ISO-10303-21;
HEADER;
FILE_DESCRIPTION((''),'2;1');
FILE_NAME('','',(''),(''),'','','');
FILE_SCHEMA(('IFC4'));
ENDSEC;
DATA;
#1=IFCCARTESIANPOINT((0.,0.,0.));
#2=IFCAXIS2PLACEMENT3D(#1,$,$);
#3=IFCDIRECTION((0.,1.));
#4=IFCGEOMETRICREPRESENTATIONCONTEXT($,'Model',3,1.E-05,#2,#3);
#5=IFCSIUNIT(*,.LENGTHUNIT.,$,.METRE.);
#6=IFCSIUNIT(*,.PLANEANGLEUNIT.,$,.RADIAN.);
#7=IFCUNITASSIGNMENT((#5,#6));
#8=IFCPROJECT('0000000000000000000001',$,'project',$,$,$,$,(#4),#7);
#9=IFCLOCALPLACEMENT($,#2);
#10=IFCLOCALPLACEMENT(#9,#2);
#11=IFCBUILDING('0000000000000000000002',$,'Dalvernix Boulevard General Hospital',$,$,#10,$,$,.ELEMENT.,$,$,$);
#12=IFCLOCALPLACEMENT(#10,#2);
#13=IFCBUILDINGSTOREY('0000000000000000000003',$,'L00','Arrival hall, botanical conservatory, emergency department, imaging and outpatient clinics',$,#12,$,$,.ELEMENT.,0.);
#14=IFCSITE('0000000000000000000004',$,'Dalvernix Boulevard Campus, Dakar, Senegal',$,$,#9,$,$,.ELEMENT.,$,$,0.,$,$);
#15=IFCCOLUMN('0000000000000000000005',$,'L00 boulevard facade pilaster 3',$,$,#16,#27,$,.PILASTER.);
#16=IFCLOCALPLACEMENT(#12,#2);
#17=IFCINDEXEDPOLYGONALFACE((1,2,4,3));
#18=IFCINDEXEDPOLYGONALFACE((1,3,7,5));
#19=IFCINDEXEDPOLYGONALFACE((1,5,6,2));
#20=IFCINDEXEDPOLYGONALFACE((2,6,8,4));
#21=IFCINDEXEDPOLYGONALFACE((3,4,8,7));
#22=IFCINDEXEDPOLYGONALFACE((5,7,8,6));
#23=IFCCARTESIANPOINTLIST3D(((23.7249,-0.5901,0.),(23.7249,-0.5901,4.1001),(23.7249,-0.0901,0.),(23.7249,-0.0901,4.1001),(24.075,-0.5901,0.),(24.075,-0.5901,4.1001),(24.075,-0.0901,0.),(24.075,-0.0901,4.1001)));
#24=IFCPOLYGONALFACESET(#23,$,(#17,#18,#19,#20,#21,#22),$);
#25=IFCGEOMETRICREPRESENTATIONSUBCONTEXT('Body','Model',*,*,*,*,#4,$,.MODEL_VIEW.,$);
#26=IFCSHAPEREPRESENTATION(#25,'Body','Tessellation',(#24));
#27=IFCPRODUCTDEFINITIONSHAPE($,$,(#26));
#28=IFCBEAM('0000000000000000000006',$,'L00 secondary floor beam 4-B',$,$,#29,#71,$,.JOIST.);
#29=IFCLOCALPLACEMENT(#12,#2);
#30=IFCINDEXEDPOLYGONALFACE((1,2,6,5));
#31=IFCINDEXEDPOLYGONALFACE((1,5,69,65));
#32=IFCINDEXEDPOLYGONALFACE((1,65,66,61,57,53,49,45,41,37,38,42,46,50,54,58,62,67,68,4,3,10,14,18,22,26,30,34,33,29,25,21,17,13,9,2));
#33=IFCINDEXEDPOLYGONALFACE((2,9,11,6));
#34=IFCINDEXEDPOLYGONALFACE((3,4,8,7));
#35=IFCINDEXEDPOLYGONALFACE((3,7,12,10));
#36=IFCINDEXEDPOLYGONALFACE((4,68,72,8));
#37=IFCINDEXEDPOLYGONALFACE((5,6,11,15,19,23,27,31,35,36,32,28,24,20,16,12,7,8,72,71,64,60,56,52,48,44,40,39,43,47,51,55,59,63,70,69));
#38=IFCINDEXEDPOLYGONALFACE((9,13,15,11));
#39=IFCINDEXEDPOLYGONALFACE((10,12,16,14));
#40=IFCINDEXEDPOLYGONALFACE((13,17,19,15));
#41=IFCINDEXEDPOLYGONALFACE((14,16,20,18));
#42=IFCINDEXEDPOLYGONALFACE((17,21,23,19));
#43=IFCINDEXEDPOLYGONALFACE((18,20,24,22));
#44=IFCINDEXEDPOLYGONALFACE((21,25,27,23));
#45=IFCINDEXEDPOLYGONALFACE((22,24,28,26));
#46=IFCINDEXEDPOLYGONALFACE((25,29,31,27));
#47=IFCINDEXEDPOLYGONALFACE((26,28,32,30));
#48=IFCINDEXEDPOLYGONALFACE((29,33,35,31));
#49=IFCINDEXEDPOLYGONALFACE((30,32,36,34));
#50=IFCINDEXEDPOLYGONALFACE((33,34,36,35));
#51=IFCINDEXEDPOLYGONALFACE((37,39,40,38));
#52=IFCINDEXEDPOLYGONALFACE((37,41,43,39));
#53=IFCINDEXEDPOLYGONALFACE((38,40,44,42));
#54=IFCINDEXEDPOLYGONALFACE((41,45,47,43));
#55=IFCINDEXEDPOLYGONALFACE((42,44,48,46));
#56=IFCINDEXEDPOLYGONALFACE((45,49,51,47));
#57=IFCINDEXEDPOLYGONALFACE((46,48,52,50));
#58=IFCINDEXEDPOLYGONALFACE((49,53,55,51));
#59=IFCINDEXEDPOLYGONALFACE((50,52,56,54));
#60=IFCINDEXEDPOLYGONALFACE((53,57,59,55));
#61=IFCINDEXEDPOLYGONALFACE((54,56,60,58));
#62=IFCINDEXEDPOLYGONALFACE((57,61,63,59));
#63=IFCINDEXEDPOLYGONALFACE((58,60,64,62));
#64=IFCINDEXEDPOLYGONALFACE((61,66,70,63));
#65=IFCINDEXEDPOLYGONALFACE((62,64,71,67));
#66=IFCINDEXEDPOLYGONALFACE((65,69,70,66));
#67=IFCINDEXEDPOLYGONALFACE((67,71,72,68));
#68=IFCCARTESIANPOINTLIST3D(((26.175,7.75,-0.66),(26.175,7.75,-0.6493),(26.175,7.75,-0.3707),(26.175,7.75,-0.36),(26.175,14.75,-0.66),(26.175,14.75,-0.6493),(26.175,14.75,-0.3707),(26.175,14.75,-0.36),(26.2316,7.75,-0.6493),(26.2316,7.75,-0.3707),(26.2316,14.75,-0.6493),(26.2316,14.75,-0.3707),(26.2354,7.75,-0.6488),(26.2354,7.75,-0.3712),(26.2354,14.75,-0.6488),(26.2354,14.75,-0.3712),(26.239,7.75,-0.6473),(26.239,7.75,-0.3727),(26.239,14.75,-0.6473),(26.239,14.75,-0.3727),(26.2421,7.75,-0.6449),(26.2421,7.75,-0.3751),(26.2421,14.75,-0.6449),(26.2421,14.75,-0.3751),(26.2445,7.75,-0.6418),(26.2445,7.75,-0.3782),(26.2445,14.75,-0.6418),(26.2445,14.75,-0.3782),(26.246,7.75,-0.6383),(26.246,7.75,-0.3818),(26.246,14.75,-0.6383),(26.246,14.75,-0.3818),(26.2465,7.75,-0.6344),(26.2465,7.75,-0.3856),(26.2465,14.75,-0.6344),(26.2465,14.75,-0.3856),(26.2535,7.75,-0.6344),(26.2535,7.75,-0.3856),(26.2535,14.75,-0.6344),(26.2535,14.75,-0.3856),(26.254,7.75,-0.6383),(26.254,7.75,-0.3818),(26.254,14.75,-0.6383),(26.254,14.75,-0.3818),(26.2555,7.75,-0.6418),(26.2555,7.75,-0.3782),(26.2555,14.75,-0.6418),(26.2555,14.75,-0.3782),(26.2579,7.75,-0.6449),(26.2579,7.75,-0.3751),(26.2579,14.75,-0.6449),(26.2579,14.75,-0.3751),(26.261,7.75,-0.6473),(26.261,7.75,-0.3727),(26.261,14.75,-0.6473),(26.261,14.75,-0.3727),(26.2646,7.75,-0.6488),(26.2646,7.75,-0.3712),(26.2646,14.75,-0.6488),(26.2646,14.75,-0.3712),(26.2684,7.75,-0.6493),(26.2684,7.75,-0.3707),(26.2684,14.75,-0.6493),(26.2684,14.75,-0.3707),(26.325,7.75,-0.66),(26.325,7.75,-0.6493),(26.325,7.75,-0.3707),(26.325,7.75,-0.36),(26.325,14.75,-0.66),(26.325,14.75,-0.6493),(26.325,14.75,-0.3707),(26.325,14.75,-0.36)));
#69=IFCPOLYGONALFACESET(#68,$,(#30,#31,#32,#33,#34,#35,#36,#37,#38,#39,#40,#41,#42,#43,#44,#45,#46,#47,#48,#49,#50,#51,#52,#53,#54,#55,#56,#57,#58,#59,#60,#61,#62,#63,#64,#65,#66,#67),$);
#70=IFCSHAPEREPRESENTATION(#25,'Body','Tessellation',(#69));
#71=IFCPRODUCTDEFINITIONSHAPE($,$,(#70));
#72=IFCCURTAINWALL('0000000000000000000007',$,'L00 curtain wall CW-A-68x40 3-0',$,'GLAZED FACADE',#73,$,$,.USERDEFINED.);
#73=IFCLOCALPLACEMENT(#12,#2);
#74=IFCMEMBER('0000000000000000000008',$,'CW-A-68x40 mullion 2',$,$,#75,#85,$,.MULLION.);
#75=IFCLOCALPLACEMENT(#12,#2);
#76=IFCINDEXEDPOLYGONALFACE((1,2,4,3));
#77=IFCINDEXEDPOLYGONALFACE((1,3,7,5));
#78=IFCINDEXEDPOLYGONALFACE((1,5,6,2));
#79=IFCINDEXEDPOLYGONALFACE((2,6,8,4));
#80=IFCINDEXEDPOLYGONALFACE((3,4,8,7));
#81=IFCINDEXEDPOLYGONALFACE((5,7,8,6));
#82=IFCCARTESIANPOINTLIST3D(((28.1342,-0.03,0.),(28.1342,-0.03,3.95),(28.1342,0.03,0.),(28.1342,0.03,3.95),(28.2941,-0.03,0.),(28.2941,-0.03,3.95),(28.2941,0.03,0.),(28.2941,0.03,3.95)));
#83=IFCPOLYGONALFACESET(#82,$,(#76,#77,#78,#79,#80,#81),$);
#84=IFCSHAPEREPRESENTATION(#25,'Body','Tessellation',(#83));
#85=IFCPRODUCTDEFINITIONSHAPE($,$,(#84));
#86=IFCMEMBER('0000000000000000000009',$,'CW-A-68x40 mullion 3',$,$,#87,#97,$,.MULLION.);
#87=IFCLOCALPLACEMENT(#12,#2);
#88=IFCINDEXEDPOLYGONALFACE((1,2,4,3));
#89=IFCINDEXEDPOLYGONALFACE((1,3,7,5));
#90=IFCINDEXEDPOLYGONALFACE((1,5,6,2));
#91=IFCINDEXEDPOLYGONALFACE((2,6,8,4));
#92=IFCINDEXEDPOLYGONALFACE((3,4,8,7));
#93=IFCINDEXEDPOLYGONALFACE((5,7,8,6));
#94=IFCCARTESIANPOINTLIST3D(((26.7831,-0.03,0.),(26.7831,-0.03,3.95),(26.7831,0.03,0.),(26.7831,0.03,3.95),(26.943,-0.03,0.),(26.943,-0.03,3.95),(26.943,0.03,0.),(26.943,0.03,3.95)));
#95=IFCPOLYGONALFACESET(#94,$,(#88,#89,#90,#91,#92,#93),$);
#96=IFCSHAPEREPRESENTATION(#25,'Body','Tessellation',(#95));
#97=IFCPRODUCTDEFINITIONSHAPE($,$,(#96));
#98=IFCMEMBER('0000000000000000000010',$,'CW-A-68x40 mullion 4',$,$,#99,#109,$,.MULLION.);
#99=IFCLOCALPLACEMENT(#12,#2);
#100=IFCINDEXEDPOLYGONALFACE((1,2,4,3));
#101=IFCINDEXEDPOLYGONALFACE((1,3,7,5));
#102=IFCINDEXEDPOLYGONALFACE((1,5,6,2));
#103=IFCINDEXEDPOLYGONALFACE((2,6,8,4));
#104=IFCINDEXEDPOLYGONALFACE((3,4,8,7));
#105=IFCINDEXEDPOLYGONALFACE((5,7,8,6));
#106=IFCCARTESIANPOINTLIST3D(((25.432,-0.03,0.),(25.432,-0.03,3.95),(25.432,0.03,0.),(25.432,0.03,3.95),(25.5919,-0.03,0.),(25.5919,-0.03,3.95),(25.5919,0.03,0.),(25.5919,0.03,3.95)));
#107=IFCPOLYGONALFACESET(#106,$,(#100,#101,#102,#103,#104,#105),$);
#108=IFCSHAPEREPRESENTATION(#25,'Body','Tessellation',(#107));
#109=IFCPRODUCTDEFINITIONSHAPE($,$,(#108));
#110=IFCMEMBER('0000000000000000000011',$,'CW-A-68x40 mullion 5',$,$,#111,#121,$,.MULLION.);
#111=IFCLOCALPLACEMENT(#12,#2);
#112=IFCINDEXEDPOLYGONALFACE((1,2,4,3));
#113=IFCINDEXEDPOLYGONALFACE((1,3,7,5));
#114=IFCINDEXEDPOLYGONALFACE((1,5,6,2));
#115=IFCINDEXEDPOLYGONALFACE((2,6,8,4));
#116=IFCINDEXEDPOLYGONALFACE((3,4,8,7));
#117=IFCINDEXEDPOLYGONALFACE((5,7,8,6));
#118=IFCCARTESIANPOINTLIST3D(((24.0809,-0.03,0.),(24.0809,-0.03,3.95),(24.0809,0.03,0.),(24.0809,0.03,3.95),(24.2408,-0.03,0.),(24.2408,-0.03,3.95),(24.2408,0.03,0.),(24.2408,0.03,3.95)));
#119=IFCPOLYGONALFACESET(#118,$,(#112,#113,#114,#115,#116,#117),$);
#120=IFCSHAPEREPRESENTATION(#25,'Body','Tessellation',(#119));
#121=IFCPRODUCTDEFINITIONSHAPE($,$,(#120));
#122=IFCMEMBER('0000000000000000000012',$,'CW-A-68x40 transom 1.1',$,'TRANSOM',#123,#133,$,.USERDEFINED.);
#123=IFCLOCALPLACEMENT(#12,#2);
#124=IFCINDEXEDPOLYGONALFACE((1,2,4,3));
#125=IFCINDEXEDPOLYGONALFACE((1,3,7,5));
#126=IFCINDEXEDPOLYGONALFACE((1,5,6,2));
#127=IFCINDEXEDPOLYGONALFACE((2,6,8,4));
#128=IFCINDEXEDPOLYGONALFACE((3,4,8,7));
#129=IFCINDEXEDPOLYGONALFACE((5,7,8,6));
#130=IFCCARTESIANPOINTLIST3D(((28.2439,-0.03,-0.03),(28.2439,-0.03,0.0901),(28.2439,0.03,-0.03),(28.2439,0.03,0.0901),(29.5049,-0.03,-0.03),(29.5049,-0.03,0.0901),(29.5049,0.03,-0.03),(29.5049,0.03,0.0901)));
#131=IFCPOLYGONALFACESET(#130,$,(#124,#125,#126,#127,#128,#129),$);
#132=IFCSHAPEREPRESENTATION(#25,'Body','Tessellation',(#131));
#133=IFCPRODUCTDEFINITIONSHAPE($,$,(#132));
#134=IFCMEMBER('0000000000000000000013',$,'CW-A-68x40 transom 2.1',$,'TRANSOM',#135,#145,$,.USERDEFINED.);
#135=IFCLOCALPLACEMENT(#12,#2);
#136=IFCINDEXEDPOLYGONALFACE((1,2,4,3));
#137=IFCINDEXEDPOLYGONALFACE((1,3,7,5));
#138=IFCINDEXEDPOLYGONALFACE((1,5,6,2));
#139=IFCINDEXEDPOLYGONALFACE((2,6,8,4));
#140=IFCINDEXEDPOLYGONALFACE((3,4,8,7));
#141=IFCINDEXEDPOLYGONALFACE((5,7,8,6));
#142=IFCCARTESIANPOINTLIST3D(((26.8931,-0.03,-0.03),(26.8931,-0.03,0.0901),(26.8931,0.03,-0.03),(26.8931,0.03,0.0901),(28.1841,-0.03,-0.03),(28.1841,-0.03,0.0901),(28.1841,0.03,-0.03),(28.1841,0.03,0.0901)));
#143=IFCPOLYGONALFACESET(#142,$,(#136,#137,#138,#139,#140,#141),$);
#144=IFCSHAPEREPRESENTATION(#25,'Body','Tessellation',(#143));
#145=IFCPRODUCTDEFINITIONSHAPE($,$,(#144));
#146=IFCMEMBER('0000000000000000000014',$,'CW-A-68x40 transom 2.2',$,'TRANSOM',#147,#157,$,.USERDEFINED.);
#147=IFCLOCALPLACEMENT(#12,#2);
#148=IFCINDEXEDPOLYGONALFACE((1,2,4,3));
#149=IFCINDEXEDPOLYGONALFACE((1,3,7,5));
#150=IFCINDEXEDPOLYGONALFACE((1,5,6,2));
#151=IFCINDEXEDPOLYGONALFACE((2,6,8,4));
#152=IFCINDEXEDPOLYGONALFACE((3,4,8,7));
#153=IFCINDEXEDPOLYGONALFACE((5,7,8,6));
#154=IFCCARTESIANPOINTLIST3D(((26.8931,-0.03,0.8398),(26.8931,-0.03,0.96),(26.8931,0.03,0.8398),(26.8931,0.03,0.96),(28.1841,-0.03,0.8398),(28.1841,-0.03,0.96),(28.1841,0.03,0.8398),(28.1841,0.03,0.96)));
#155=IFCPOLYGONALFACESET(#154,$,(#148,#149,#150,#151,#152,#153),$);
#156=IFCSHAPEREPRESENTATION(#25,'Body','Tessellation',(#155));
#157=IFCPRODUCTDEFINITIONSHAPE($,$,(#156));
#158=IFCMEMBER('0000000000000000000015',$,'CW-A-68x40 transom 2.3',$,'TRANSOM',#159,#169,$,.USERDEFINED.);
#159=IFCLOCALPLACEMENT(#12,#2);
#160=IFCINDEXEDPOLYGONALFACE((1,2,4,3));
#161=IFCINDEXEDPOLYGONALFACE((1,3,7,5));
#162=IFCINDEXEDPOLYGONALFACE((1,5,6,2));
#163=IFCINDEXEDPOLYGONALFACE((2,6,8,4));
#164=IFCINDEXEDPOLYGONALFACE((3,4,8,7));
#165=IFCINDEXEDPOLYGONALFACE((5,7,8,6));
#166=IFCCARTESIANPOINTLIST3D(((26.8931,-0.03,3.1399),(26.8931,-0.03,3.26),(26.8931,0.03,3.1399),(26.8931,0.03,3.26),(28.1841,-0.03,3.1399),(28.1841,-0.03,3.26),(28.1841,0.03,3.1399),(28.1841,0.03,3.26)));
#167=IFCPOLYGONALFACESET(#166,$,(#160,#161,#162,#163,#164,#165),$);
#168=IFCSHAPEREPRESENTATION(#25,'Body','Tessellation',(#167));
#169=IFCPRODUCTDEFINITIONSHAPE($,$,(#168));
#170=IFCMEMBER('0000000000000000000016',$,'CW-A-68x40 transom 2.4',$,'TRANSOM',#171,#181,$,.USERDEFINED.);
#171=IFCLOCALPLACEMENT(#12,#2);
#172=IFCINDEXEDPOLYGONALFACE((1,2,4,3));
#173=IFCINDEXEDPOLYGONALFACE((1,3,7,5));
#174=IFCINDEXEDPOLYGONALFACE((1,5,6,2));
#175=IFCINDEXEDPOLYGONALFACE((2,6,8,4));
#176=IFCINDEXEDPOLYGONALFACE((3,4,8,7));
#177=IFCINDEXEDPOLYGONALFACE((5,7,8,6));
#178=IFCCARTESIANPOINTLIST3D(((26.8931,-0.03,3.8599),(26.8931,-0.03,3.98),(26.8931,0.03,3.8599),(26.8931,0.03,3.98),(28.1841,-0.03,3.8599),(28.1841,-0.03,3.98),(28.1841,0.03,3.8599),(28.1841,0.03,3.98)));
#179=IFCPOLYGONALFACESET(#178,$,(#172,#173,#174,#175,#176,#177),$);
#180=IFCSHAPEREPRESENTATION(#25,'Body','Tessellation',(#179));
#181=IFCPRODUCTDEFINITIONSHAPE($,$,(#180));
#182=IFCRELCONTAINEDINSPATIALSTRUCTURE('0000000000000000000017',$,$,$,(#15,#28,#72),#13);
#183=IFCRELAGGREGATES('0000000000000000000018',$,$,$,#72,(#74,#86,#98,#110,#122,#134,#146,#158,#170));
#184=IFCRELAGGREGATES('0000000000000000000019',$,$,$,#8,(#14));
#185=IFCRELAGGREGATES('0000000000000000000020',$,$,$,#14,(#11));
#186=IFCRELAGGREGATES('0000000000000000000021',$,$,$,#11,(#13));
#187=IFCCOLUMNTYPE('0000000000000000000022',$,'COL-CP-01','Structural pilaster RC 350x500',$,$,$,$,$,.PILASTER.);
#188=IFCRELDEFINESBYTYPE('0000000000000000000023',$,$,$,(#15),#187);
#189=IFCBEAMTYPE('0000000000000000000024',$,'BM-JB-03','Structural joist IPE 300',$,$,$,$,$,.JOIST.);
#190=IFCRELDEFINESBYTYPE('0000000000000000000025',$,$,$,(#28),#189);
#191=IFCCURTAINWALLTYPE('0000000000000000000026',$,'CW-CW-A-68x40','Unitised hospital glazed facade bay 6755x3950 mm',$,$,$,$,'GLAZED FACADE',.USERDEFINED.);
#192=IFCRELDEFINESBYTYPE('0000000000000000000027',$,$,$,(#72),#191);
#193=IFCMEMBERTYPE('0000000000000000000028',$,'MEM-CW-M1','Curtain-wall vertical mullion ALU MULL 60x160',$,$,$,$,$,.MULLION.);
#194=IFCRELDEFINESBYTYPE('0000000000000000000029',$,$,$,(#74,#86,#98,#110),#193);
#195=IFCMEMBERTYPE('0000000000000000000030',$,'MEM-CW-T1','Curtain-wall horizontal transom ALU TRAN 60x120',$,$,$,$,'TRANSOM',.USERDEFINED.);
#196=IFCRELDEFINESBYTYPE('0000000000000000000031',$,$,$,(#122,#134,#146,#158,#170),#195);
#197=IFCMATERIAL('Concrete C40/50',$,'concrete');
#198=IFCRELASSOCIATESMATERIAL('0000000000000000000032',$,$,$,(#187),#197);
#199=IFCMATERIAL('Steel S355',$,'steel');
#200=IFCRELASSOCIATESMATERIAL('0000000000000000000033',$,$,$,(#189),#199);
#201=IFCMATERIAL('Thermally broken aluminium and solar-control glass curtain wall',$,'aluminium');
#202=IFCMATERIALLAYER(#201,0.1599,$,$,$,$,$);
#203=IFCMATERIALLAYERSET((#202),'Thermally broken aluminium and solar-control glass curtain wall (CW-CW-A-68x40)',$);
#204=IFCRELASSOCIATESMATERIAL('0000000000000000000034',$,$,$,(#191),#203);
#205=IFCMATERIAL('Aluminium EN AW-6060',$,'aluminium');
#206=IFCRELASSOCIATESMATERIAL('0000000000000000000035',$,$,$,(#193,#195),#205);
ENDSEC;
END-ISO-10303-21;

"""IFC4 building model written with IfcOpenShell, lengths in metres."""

from ifc_helpers import new_model, si_unit, direction, frame, origin, origin_2d, place, context, subcontext, project, spatial, rectangle, i_section, extrude, material, layer, layer_set, material_profile, profile_set, type_object, element, aggregate, save


model = new_model("IFC4")

# Units and contexts
model_context = context("Model", 3, precision=1e-05, world=origin(), true_north=direction((0.0, 1.0)))
body_context = subcontext(model_context, "Body", "Model", "MODEL_VIEW")
ifc_project = project(units=[si_unit("LENGTHUNIT", "METRE"), si_unit("PLANEANGLEUNIT", "RADIAN")], contexts=[model_context])

# Site, building, storey
site_placement = place(None, origin())
site = spatial("IfcSite", under=ifc_project, at=site_placement, Name="Dalvernix Boulevard Campus, Dakar, Senegal", CompositionType="ELEMENT", RefElevation=0.0)
building_placement = place(site_placement, origin())
building = spatial("IfcBuilding", under=site, at=building_placement, Name="Dalvernix Boulevard General Hospital", CompositionType="ELEMENT")
storey_placement = place(building_placement, origin())
storey = spatial("IfcBuildingStorey", under=building, at=storey_placement, Name="L00", Description="Arrival hall, botanical conservatory, emergency department, imaging and outpatient clinics", CompositionType="ELEMENT", Elevation=0.0)

# Column
ifc_material_1 = material(Name="Concrete C40/50", Category="concrete")
ifc_material_profile_1 = material_profile(ifc_material_1, rectangle(XDim=0.3501, YDim=0.5, at=origin_2d()), Name="RC 350x500")
ifc_profile_set_1 = profile_set([ifc_material_profile_1], Name="Concrete C40/50")
column_type = type_object("IfcColumnType", Name="COL-CP-01", Description="Structural pilaster RC 350x500", PredefinedType="PILASTER", material=ifc_profile_set_1)
column_placement = place(storey_placement, frame((23.8999, -0.3401, 0.0), z_axis=(0.0, 0.0, 1.0), x_axis=(1.0, 0.0, 0.0)))
element("IfcColumn", 1, at=column_placement, inside=storey, type_object=column_type, Name="L00 boulevard facade pilaster 3", PredefinedType="PILASTER", context=body_context, shape_type="SweptSolid", body=[
    extrude(rectangle(XDim=0.3501, YDim=0.5, at=origin_2d()), origin(), (0.0, 0.0, 1.0), 4.1001),
])

# Beam
ifc_material_2 = material(Name="Steel S355", Category="steel")
ifc_material_profile_2 = material_profile(ifc_material_2, i_section(OverallWidth=0.1499, OverallDepth=0.3, WebThickness=0.0071, FlangeThickness=0.0107, FilletRadius=0.0149, at=origin_2d()), Name="IPE 300")
ifc_profile_set_2 = profile_set([ifc_material_profile_2], Name="Steel S355")
beam_type = type_object("IfcBeamType", Name="BM-JB-03", Description="Structural joist IPE 300", PredefinedType="JOIST", material=ifc_profile_set_2)
beam_placement = place(storey_placement, frame((26.25, 7.75, -0.51), z_axis=(0.0, 1.0, 0.0), x_axis=(-1.0, 0.0, 0.0)))
element("IfcBeam", 2, at=beam_placement, inside=storey, type_object=beam_type, Name="L00 secondary floor beam 4-B", PredefinedType="JOIST", context=body_context, shape_type="SweptSolid", body=[
    extrude(i_section(OverallWidth=0.1499, OverallDepth=0.3, WebThickness=0.0071, FlangeThickness=0.0107, FilletRadius=0.0149, at=origin_2d()), origin(), (0.0, 0.0, 1.0), 7.0),
])

# Curtain wall, members
ifc_material_3 = material(Name="Thermally broken aluminium and solar-control glass curtain wall", Category="aluminium")
ifc_layer_1 = layer(ifc_material_3, 0.1599)
ifc_layer_set_1 = layer_set([ifc_layer_1], Name="Thermally broken aluminium and solar-control glass curtain wall (CW-CW-A-68x40)")
curtain_wall_type = type_object("IfcCurtainWallType", Name="CW-CW-A-68x40", Description="Unitised hospital glazed facade bay 6755x3950 mm", ElementType="GLAZED FACADE", PredefinedType="USERDEFINED", material=ifc_layer_set_1)
curtain_wall_placement = place(storey_placement, origin())
curtain_wall = element("IfcCurtainWall", 3, at=curtain_wall_placement, inside=storey, type_object=curtain_wall_type, Name="L00 curtain wall CW-A-68x40 3-0", ObjectType="GLAZED FACADE", PredefinedType="USERDEFINED")
ifc_material_4 = material(Name="Aluminium EN AW-6060", Category="aluminium")
ifc_material_profile_3 = material_profile(ifc_material_4, rectangle(XDim=0.0601, YDim=0.1599, at=origin_2d()), Name="ALU MULL 60x160")
ifc_profile_set_3 = profile_set([ifc_material_profile_3], Name="Aluminium EN AW-6060")
member_type_1 = type_object("IfcMemberType", Name="MEM-CW-M1", Description="Curtain-wall vertical mullion ALU MULL 60x160", PredefinedType="MULLION", material=ifc_profile_set_3)
member_1_placement = place(storey_placement, frame((28.2141, 0.0, 0.0), z_axis=(0.0, 0.0, 1.0), x_axis=(0.0, -1.0, 0.0)))
member_1 = element("IfcMember", 4, at=member_1_placement, type_object=member_type_1, Name="CW-A-68x40 mullion 2", PredefinedType="MULLION", context=body_context, shape_type="SweptSolid", body=[
    extrude(rectangle(XDim=0.0601, YDim=0.1599, at=origin_2d()), origin(), (0.0, 0.0, 1.0), 3.95),
])
member_2_placement = place(storey_placement, frame((26.863, 0.0, 0.0), z_axis=(0.0, 0.0, 1.0), x_axis=(0.0, -1.0, 0.0)))
member_2 = element("IfcMember", 5, at=member_2_placement, type_object=member_type_1, Name="CW-A-68x40 mullion 3", PredefinedType="MULLION", context=body_context, shape_type="SweptSolid", body=[
    extrude(rectangle(XDim=0.0601, YDim=0.1599, at=origin_2d()), origin(), (0.0, 0.0, 1.0), 3.95),
])
member_3_placement = place(storey_placement, frame((25.512, 0.0, 0.0), z_axis=(0.0, 0.0, 1.0), x_axis=(0.0, -1.0, 0.0)))
member_3 = element("IfcMember", 6, at=member_3_placement, type_object=member_type_1, Name="CW-A-68x40 mullion 4", PredefinedType="MULLION", context=body_context, shape_type="SweptSolid", body=[
    extrude(rectangle(XDim=0.0601, YDim=0.1599, at=origin_2d()), origin(), (0.0, 0.0, 1.0), 3.95),
])
member_4_placement = place(storey_placement, frame((24.1609, 0.0, 0.0), z_axis=(0.0, 0.0, 1.0), x_axis=(0.0, -1.0, 0.0)))
member_4 = element("IfcMember", 7, at=member_4_placement, type_object=member_type_1, Name="CW-A-68x40 mullion 5", PredefinedType="MULLION", context=body_context, shape_type="SweptSolid", body=[
    extrude(rectangle(XDim=0.0601, YDim=0.1599, at=origin_2d()), origin(), (0.0, 0.0, 1.0), 3.95),
])
ifc_material_profile_4 = material_profile(ifc_material_4, rectangle(XDim=0.0601, YDim=0.1201, at=origin_2d()), Name="ALU TRAN 60x120")
ifc_profile_set_4 = profile_set([ifc_material_profile_4], Name="Aluminium EN AW-6060")
member_type_2 = type_object("IfcMemberType", Name="MEM-CW-T1", Description="Curtain-wall horizontal transom ALU TRAN 60x120", ElementType="TRANSOM", PredefinedType="USERDEFINED", material=ifc_profile_set_4)
member_5_placement = place(storey_placement, frame((29.5049, 0.0, 0.03), z_axis=(-1.0, 0.0, 0.0), x_axis=(0.0, -1.0, 0.0)))
member_5 = element("IfcMember", 8, at=member_5_placement, type_object=member_type_2, Name="CW-A-68x40 transom 1.1", ObjectType="TRANSOM", PredefinedType="USERDEFINED", context=body_context, shape_type="SweptSolid", body=[
    extrude(rectangle(XDim=0.0601, YDim=0.1201, at=origin_2d()), origin(), (0.0, 0.0, 1.0), 1.261),
])
member_6_placement = place(storey_placement, frame((28.1841, 0.0, 0.03), z_axis=(-1.0, 0.0, 0.0), x_axis=(0.0, -1.0, 0.0)))
member_6 = element("IfcMember", 9, at=member_6_placement, type_object=member_type_2, Name="CW-A-68x40 transom 2.1", ObjectType="TRANSOM", PredefinedType="USERDEFINED", context=body_context, shape_type="SweptSolid", body=[
    extrude(rectangle(XDim=0.0601, YDim=0.1201, at=origin_2d()), origin(), (0.0, 0.0, 1.0), 1.291),
])
member_7_placement = place(storey_placement, frame((28.1841, 0.0, 0.8999), z_axis=(-1.0, 0.0, 0.0), x_axis=(0.0, -1.0, 0.0)))
member_7 = element("IfcMember", 10, at=member_7_placement, type_object=member_type_2, Name="CW-A-68x40 transom 2.2", ObjectType="TRANSOM", PredefinedType="USERDEFINED", context=body_context, shape_type="SweptSolid", body=[
    extrude(rectangle(XDim=0.0601, YDim=0.1201, at=origin_2d()), origin(), (0.0, 0.0, 1.0), 1.291),
])
member_8_placement = place(storey_placement, frame((28.1841, 0.0, 3.2), z_axis=(-1.0, 0.0, 0.0), x_axis=(0.0, -1.0, 0.0)))
member_8 = element("IfcMember", 11, at=member_8_placement, type_object=member_type_2, Name="CW-A-68x40 transom 2.3", ObjectType="TRANSOM", PredefinedType="USERDEFINED", context=body_context, shape_type="SweptSolid", body=[
    extrude(rectangle(XDim=0.0601, YDim=0.1201, at=origin_2d()), origin(), (0.0, 0.0, 1.0), 1.291),
])
member_9_placement = place(storey_placement, frame((28.1841, 0.0, 3.9199), z_axis=(-1.0, 0.0, 0.0), x_axis=(0.0, -1.0, 0.0)))
member_9 = element("IfcMember", 12, at=member_9_placement, type_object=member_type_2, Name="CW-A-68x40 transom 2.4", ObjectType="TRANSOM", PredefinedType="USERDEFINED", context=body_context, shape_type="SweptSolid", body=[
    extrude(rectangle(XDim=0.0601, YDim=0.1201, at=origin_2d()), origin(), (0.0, 0.0, 1.0), 1.291),
])
aggregate(curtain_wall, [member_1, member_2, member_3, member_4, member_5, member_6, member_7, member_8, member_9])

save(model, "model.ifc")
